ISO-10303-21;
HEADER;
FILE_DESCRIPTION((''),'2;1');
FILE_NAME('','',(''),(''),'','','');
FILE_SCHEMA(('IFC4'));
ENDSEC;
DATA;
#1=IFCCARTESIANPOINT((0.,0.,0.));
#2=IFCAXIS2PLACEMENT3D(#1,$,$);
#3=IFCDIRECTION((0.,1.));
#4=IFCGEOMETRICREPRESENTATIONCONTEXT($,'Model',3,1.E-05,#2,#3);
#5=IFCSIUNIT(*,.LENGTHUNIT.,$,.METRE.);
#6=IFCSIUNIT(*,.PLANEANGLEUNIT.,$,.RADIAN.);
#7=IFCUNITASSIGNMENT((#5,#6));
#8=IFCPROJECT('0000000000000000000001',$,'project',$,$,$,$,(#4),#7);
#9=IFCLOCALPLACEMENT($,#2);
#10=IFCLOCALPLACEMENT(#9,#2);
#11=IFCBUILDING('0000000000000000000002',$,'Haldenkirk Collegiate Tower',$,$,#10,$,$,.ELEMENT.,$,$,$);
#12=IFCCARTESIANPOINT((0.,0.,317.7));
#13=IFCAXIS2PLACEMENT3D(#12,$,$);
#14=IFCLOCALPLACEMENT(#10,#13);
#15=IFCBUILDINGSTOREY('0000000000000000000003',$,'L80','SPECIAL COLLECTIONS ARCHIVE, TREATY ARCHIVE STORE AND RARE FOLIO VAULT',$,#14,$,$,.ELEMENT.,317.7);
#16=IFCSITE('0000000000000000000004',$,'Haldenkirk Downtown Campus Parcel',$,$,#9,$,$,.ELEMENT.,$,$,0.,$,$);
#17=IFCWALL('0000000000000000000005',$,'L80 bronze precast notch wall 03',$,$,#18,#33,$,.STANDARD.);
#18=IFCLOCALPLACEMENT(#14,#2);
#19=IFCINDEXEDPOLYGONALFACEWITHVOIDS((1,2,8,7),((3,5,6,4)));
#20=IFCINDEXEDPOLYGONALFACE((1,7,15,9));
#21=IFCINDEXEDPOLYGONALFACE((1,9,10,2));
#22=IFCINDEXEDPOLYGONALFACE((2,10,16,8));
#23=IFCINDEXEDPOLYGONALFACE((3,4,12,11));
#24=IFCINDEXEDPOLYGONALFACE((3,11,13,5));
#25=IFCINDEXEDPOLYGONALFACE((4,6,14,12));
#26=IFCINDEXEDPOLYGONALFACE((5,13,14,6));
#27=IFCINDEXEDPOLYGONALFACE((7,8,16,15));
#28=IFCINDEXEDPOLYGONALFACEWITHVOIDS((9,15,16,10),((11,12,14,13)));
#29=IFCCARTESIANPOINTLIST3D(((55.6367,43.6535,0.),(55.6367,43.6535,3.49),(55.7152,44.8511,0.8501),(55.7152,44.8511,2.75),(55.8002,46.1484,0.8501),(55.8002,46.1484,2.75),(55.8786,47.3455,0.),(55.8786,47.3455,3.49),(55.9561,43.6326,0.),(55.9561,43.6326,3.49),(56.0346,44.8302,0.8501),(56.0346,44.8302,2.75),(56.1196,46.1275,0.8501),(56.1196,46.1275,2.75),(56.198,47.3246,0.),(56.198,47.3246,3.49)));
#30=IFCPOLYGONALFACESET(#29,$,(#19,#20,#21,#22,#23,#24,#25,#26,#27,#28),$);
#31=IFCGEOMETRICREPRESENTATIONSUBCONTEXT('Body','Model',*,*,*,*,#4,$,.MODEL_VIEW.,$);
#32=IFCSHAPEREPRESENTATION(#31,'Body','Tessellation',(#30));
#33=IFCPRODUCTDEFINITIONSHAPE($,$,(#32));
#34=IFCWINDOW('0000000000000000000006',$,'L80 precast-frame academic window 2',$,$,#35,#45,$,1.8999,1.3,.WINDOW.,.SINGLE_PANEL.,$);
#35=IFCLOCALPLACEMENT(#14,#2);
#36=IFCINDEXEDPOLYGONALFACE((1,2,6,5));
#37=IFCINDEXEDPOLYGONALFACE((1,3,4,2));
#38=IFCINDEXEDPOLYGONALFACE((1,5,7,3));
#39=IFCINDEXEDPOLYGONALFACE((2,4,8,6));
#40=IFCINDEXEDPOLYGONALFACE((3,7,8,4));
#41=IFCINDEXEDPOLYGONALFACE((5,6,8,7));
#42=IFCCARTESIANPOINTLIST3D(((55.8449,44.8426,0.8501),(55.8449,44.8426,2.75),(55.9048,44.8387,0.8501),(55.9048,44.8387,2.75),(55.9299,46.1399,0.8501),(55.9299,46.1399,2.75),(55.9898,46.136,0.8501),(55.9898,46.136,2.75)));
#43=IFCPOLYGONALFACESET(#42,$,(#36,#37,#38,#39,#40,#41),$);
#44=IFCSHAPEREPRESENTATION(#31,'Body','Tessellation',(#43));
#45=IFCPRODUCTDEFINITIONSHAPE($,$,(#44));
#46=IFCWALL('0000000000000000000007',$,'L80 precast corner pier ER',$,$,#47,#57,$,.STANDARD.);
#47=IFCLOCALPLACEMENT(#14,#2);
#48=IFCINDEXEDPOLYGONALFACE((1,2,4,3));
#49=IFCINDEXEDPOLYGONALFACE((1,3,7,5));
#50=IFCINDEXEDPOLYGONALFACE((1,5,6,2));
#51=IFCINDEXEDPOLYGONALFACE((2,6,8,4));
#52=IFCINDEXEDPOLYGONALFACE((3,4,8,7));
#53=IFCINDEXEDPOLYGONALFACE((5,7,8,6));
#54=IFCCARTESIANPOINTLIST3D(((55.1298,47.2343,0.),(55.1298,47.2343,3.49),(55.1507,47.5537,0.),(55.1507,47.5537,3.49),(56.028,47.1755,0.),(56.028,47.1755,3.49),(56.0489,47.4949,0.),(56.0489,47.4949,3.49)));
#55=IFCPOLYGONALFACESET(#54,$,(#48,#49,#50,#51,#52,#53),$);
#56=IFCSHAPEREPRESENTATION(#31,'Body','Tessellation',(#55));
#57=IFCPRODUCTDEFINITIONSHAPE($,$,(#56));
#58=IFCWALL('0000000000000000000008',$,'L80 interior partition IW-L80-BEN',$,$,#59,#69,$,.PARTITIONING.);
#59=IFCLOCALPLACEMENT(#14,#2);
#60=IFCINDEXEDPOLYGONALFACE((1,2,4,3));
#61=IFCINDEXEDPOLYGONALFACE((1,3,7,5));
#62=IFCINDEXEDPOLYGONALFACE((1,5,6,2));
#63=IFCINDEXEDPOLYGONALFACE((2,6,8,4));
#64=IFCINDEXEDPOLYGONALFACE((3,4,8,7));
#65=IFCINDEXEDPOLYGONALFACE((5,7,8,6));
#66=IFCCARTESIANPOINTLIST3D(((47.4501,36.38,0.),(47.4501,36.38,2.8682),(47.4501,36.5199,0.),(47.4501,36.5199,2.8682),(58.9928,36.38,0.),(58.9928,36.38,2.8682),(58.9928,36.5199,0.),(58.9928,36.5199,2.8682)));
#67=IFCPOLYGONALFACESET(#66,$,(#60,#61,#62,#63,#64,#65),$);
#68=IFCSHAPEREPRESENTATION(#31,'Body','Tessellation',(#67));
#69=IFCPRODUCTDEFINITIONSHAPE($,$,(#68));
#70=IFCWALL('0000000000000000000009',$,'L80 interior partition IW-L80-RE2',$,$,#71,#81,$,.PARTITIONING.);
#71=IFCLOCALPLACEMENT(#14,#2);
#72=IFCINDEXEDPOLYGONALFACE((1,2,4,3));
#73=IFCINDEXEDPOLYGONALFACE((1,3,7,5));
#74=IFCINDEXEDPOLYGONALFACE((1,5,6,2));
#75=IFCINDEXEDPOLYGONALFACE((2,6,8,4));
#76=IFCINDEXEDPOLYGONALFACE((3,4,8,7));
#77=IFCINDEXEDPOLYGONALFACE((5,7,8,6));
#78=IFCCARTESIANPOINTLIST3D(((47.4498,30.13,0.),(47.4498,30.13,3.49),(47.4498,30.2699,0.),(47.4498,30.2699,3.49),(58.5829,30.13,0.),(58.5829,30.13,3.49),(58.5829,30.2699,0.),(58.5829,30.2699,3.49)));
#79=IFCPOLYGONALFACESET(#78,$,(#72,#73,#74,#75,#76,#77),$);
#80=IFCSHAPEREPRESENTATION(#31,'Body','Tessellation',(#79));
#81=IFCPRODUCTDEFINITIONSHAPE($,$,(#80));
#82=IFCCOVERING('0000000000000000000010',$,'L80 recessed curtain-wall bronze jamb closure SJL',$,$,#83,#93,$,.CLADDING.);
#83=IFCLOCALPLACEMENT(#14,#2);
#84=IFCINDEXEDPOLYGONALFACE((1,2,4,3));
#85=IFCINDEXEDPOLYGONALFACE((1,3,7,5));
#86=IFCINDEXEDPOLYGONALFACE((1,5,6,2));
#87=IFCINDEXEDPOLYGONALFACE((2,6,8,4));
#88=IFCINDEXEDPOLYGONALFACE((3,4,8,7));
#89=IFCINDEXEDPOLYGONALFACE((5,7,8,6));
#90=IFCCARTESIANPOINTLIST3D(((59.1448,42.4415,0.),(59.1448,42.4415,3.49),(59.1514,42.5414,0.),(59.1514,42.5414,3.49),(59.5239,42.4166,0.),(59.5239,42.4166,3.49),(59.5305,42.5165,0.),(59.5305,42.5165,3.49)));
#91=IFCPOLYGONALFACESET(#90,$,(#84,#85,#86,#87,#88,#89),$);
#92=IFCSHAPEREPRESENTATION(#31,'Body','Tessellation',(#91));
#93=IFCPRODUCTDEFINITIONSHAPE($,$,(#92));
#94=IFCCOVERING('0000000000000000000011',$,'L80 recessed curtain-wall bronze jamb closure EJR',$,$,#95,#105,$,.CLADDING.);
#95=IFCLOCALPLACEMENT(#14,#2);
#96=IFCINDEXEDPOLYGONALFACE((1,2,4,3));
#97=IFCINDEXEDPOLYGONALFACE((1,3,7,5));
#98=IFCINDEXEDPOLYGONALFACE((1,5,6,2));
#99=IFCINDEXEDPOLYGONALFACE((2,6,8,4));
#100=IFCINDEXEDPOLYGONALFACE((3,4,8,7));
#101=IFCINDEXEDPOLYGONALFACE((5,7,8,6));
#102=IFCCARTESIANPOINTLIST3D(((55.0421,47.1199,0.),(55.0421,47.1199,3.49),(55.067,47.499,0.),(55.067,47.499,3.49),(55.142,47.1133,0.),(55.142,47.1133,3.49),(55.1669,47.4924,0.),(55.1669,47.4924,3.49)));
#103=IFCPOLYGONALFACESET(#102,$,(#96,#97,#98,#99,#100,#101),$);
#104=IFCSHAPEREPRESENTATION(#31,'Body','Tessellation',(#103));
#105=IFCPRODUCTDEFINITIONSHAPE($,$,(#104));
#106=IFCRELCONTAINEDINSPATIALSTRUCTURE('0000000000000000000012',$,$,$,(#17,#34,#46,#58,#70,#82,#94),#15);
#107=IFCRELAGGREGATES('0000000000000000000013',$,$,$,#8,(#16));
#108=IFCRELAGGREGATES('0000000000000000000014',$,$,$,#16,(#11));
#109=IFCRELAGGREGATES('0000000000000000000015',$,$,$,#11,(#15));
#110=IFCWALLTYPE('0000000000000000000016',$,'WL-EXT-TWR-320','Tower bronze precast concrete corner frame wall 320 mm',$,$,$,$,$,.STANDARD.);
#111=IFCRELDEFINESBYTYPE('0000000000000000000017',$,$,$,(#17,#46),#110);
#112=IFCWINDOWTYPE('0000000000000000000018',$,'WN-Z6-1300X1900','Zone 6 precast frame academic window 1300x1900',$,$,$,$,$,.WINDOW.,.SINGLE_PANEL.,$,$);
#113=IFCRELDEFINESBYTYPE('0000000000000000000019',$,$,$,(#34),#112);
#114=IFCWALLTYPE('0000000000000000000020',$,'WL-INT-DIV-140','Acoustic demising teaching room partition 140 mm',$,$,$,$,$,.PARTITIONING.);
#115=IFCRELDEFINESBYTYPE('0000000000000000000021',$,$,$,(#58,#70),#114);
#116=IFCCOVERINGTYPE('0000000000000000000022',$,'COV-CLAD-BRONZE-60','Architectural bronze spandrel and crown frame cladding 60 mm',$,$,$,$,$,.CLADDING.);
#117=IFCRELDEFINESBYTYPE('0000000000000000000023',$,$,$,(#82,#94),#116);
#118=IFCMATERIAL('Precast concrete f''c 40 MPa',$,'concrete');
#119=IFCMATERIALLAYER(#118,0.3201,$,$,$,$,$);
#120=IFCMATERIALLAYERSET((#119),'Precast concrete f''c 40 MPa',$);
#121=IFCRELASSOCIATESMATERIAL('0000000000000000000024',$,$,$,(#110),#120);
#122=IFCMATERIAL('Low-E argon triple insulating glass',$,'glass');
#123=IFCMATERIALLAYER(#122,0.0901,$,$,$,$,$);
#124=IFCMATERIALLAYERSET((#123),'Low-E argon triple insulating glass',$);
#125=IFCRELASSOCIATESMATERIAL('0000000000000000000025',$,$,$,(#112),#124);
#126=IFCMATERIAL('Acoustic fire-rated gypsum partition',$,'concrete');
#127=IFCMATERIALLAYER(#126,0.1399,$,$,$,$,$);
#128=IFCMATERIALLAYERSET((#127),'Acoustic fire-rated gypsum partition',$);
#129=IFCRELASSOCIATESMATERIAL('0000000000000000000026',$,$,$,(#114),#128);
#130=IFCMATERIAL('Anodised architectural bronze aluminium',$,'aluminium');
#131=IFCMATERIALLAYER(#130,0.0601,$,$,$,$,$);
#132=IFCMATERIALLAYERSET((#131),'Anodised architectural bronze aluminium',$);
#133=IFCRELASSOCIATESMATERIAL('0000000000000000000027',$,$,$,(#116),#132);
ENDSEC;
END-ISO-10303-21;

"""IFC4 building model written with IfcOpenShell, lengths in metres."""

from ifc_helpers import new_model, si_unit, direction, frame, frame_2d, origin, origin_2d, place, context, subcontext, project, spatial, rectangle, extrude, source, transform, mapped, material, layer, layer_set, type_object, element, fill, save


model = new_model("IFC4")

# Units and contexts
model_context = context("Model", 3, precision=1e-05, world=origin(), true_north=direction((0.0, 1.0)))
body_context = subcontext(model_context, "Body", "Model", "MODEL_VIEW")
ifc_project = project(units=[si_unit("LENGTHUNIT", "METRE"), si_unit("PLANEANGLEUNIT", "RADIAN")], contexts=[model_context])

# Site, building, storey
site_placement = place(None, origin())
site = spatial("IfcSite", under=ifc_project, at=site_placement, Name="Haldenkirk Downtown Campus Parcel", CompositionType="ELEMENT", RefElevation=0.0)
building_placement = place(site_placement, origin())
building = spatial("IfcBuilding", under=site, at=building_placement, Name="Haldenkirk Collegiate Tower", CompositionType="ELEMENT")
storey_placement = place(building_placement, frame((0.0, 0.0, 317.7)))
storey = spatial("IfcBuildingStorey", under=building, at=storey_placement, Name="L80", Description="SPECIAL COLLECTIONS ARCHIVE, TREATY ARCHIVE STORE AND RARE FOLIO VAULT", CompositionType="ELEMENT", Elevation=317.7)

# Shared definitions
ifc_material_1 = material(Name="Anodised architectural bronze aluminium", Category="aluminium")

# Shared definitions
ifc_material_2 = material(Name="Low-E argon triple insulating glass", Category="glass")

# Shared definitions
ifc_material_3 = material(Name="Precast concrete f'c 40 MPa", Category="concrete")
ifc_layer_1 = layer(ifc_material_3, 0.3201)
ifc_layer_set_1 = layer_set([ifc_layer_1], Name="Precast concrete f'c 40 MPa")
wall_type_1 = type_object("IfcWallType", Name="WL-EXT-TWR-320", Description="Tower bronze precast concrete corner frame wall 320 mm", PredefinedType="STANDARD", material=ifc_layer_set_1)

# Wall, opening, window
wall_1_placement = place(storey_placement, frame((56.0383, 47.3352, 0.0), z_axis=(0.0, 0.0, 1.0), x_axis=(-0.065389, -0.99786, 0.0)))
wall_1 = element("IfcWall", 1, at=wall_1_placement, inside=storey, type_object=wall_type_1, Name="L80 bronze precast notch wall 03", PredefinedType="STANDARD", context=body_context, shape_type="SweptSolid", body=[
    extrude(rectangle(XDim=3.7, YDim=0.3201, at=frame_2d((1.8501, 0.0))), origin(), (0.0, 0.0, 1.0), 3.49),
])
opening_placement = place(wall_1_placement, frame((1.2, 0.0, 0.8501)))
opening = element("IfcOpeningElement", 2, at=opening_placement, cuts=wall_1, PredefinedType="OPENING", context=body_context, shape_type="SweptSolid", body=[
    extrude(rectangle(XDim=1.3, YDim=1.8999, at=frame_2d((0.6499, 0.95))), frame((0.0, 0.1699, 0.0), z_axis=(0.0, -1.0, 0.0), x_axis=(1.0, 0.0, 0.0)), (0.0, 0.0, 1.0), 0.3401),
])
ifc_layer_2 = layer(ifc_material_2, 0.0901)
ifc_layer_set_2 = layer_set([ifc_layer_2], Name="Low-E argon triple insulating glass")
window_type = type_object("IfcWindowType", Name="WN-Z6-1300X1900", Description="Zone 6 precast frame academic window 1300x1900", PartitioningType="SINGLE_PANEL", PredefinedType="WINDOW", material=ifc_layer_set_2)
window_placement = place(opening_placement, origin())
window = element("IfcWindow", 3, at=window_placement, inside=storey, type_object=window_type, Name="L80 precast-frame academic window 2", OverallHeight=1.8999, OverallWidth=1.3, PartitioningType="SINGLE_PANEL", PredefinedType="WINDOW", context=body_context, shape_type="SweptSolid", body=[
    extrude(rectangle(XDim=1.3, YDim=1.8999, at=frame_2d((0.6499, 0.95))), frame((0.0, 0.03, 0.0), z_axis=(0.0, -1.0, 0.0), x_axis=(1.0, 0.0, 0.0)), (0.0, 0.0, 1.0), 0.0601),
])
fill(opening, window)

# Walls
wall_2_placement = place(storey_placement, frame((55.1401, 47.394, 0.0), z_axis=(0.0, 0.0, 1.0), x_axis=(0.997861, -0.065367, 0.0)))
element("IfcWall", 4, at=wall_2_placement, inside=storey, type_object=wall_type_1, Name="L80 precast corner pier ER", PredefinedType="STANDARD", context=body_context, shape_type="SweptSolid", body=[
    extrude(rectangle(XDim=0.9001, YDim=0.3201, at=frame_2d((0.4502, 0.0))), origin(), (0.0, 0.0, 1.0), 3.49),
])
ifc_material_4 = material(Name="Acoustic fire-rated gypsum partition", Category="concrete")
ifc_layer_3 = layer(ifc_material_4, 0.1399)
ifc_layer_set_3 = layer_set([ifc_layer_3], Name="Acoustic fire-rated gypsum partition")
wall_type_2 = type_object("IfcWallType", Name="WL-INT-DIV-140", Description="Acoustic demising teaching room partition 140 mm", PredefinedType="PARTITIONING", material=ifc_layer_set_3)
wall_3_placement = place(storey_placement, frame((47.45, 36.45, 0.0), z_axis=(0.0, 0.0, 1.0), x_axis=(1.0, 0.0, 0.0)))
element("IfcWall", 5, at=wall_3_placement, inside=storey, type_object=wall_type_2, Name="L80 interior partition IW-L80-BEN", PredefinedType="PARTITIONING", context=body_context, shape_type="SweptSolid", body=[
    extrude(rectangle(XDim=11.5427, YDim=0.1399, at=frame_2d((5.7715, 0.0))), origin(), (0.0, 0.0, 1.0), 2.8682),
])
wall_4_placement = place(storey_placement, frame((47.45, 30.2, 0.0), z_axis=(0.0, 0.0, 1.0), x_axis=(1.0, 0.0, 0.0)))
element("IfcWall", 6, at=wall_4_placement, inside=storey, type_object=wall_type_2, Name="L80 interior partition IW-L80-RE2", PredefinedType="PARTITIONING", context=body_context, shape_type="SweptSolid", body=[
    extrude(rectangle(XDim=11.1331, YDim=0.1399, at=frame_2d((5.5664, 0.0))), origin(), (0.0, 0.0, 1.0), 3.49),
])

# Coverings
ifc_layer_4 = layer(ifc_material_1, 0.0601)
ifc_layer_set_4 = layer_set([ifc_layer_4], Name="Anodised architectural bronze aluminium")
covering_type = type_object("IfcCoveringType", Name="COV-CLAD-BRONZE-60", Description="Architectural bronze spandrel and crown frame cladding 60 mm", PredefinedType="CLADDING", material=ifc_layer_set_4)
shared_shape_1 = source(origin(), body_context, "Body", "SweptSolid", [
    extrude(rectangle(XDim=0.1001, YDim=0.3799, at=origin_2d()), origin(), (0.0, 0.0, 1.0), 3.49),
])
for number, where, z_axis, x_axis, name in (
    (7, (59.3376, 42.479, 0.0), (0.0, 0.0, 1.0), (-0.065403, -0.997859, 0.0), "L80 recessed curtain-wall bronze jamb closure SJL"),
    (8, (55.1045, 47.3062, 0.0), (0.0, 0.0, 1.0), (0.997859, -0.065403, 0.0), "L80 recessed curtain-wall bronze jamb closure EJR"),
):
    element("IfcCovering", number, at=place(storey_placement, frame(where, z_axis=z_axis, x_axis=x_axis)), inside=storey, type_object=covering_type, Name=name, PredefinedType="CLADDING", context=body_context, shape_type="MappedRepresentation", body=[
        mapped(shared_shape_1, transform((0.0, 0.0, 0.0), x_axis=(1.0, 0.0, 0.0), y_axis=(0.0, 1.0, 0.0), z_axis=(0.0, 0.0, 1.0), scale=1.0)),
    ])

save(model, "model.ifc")
